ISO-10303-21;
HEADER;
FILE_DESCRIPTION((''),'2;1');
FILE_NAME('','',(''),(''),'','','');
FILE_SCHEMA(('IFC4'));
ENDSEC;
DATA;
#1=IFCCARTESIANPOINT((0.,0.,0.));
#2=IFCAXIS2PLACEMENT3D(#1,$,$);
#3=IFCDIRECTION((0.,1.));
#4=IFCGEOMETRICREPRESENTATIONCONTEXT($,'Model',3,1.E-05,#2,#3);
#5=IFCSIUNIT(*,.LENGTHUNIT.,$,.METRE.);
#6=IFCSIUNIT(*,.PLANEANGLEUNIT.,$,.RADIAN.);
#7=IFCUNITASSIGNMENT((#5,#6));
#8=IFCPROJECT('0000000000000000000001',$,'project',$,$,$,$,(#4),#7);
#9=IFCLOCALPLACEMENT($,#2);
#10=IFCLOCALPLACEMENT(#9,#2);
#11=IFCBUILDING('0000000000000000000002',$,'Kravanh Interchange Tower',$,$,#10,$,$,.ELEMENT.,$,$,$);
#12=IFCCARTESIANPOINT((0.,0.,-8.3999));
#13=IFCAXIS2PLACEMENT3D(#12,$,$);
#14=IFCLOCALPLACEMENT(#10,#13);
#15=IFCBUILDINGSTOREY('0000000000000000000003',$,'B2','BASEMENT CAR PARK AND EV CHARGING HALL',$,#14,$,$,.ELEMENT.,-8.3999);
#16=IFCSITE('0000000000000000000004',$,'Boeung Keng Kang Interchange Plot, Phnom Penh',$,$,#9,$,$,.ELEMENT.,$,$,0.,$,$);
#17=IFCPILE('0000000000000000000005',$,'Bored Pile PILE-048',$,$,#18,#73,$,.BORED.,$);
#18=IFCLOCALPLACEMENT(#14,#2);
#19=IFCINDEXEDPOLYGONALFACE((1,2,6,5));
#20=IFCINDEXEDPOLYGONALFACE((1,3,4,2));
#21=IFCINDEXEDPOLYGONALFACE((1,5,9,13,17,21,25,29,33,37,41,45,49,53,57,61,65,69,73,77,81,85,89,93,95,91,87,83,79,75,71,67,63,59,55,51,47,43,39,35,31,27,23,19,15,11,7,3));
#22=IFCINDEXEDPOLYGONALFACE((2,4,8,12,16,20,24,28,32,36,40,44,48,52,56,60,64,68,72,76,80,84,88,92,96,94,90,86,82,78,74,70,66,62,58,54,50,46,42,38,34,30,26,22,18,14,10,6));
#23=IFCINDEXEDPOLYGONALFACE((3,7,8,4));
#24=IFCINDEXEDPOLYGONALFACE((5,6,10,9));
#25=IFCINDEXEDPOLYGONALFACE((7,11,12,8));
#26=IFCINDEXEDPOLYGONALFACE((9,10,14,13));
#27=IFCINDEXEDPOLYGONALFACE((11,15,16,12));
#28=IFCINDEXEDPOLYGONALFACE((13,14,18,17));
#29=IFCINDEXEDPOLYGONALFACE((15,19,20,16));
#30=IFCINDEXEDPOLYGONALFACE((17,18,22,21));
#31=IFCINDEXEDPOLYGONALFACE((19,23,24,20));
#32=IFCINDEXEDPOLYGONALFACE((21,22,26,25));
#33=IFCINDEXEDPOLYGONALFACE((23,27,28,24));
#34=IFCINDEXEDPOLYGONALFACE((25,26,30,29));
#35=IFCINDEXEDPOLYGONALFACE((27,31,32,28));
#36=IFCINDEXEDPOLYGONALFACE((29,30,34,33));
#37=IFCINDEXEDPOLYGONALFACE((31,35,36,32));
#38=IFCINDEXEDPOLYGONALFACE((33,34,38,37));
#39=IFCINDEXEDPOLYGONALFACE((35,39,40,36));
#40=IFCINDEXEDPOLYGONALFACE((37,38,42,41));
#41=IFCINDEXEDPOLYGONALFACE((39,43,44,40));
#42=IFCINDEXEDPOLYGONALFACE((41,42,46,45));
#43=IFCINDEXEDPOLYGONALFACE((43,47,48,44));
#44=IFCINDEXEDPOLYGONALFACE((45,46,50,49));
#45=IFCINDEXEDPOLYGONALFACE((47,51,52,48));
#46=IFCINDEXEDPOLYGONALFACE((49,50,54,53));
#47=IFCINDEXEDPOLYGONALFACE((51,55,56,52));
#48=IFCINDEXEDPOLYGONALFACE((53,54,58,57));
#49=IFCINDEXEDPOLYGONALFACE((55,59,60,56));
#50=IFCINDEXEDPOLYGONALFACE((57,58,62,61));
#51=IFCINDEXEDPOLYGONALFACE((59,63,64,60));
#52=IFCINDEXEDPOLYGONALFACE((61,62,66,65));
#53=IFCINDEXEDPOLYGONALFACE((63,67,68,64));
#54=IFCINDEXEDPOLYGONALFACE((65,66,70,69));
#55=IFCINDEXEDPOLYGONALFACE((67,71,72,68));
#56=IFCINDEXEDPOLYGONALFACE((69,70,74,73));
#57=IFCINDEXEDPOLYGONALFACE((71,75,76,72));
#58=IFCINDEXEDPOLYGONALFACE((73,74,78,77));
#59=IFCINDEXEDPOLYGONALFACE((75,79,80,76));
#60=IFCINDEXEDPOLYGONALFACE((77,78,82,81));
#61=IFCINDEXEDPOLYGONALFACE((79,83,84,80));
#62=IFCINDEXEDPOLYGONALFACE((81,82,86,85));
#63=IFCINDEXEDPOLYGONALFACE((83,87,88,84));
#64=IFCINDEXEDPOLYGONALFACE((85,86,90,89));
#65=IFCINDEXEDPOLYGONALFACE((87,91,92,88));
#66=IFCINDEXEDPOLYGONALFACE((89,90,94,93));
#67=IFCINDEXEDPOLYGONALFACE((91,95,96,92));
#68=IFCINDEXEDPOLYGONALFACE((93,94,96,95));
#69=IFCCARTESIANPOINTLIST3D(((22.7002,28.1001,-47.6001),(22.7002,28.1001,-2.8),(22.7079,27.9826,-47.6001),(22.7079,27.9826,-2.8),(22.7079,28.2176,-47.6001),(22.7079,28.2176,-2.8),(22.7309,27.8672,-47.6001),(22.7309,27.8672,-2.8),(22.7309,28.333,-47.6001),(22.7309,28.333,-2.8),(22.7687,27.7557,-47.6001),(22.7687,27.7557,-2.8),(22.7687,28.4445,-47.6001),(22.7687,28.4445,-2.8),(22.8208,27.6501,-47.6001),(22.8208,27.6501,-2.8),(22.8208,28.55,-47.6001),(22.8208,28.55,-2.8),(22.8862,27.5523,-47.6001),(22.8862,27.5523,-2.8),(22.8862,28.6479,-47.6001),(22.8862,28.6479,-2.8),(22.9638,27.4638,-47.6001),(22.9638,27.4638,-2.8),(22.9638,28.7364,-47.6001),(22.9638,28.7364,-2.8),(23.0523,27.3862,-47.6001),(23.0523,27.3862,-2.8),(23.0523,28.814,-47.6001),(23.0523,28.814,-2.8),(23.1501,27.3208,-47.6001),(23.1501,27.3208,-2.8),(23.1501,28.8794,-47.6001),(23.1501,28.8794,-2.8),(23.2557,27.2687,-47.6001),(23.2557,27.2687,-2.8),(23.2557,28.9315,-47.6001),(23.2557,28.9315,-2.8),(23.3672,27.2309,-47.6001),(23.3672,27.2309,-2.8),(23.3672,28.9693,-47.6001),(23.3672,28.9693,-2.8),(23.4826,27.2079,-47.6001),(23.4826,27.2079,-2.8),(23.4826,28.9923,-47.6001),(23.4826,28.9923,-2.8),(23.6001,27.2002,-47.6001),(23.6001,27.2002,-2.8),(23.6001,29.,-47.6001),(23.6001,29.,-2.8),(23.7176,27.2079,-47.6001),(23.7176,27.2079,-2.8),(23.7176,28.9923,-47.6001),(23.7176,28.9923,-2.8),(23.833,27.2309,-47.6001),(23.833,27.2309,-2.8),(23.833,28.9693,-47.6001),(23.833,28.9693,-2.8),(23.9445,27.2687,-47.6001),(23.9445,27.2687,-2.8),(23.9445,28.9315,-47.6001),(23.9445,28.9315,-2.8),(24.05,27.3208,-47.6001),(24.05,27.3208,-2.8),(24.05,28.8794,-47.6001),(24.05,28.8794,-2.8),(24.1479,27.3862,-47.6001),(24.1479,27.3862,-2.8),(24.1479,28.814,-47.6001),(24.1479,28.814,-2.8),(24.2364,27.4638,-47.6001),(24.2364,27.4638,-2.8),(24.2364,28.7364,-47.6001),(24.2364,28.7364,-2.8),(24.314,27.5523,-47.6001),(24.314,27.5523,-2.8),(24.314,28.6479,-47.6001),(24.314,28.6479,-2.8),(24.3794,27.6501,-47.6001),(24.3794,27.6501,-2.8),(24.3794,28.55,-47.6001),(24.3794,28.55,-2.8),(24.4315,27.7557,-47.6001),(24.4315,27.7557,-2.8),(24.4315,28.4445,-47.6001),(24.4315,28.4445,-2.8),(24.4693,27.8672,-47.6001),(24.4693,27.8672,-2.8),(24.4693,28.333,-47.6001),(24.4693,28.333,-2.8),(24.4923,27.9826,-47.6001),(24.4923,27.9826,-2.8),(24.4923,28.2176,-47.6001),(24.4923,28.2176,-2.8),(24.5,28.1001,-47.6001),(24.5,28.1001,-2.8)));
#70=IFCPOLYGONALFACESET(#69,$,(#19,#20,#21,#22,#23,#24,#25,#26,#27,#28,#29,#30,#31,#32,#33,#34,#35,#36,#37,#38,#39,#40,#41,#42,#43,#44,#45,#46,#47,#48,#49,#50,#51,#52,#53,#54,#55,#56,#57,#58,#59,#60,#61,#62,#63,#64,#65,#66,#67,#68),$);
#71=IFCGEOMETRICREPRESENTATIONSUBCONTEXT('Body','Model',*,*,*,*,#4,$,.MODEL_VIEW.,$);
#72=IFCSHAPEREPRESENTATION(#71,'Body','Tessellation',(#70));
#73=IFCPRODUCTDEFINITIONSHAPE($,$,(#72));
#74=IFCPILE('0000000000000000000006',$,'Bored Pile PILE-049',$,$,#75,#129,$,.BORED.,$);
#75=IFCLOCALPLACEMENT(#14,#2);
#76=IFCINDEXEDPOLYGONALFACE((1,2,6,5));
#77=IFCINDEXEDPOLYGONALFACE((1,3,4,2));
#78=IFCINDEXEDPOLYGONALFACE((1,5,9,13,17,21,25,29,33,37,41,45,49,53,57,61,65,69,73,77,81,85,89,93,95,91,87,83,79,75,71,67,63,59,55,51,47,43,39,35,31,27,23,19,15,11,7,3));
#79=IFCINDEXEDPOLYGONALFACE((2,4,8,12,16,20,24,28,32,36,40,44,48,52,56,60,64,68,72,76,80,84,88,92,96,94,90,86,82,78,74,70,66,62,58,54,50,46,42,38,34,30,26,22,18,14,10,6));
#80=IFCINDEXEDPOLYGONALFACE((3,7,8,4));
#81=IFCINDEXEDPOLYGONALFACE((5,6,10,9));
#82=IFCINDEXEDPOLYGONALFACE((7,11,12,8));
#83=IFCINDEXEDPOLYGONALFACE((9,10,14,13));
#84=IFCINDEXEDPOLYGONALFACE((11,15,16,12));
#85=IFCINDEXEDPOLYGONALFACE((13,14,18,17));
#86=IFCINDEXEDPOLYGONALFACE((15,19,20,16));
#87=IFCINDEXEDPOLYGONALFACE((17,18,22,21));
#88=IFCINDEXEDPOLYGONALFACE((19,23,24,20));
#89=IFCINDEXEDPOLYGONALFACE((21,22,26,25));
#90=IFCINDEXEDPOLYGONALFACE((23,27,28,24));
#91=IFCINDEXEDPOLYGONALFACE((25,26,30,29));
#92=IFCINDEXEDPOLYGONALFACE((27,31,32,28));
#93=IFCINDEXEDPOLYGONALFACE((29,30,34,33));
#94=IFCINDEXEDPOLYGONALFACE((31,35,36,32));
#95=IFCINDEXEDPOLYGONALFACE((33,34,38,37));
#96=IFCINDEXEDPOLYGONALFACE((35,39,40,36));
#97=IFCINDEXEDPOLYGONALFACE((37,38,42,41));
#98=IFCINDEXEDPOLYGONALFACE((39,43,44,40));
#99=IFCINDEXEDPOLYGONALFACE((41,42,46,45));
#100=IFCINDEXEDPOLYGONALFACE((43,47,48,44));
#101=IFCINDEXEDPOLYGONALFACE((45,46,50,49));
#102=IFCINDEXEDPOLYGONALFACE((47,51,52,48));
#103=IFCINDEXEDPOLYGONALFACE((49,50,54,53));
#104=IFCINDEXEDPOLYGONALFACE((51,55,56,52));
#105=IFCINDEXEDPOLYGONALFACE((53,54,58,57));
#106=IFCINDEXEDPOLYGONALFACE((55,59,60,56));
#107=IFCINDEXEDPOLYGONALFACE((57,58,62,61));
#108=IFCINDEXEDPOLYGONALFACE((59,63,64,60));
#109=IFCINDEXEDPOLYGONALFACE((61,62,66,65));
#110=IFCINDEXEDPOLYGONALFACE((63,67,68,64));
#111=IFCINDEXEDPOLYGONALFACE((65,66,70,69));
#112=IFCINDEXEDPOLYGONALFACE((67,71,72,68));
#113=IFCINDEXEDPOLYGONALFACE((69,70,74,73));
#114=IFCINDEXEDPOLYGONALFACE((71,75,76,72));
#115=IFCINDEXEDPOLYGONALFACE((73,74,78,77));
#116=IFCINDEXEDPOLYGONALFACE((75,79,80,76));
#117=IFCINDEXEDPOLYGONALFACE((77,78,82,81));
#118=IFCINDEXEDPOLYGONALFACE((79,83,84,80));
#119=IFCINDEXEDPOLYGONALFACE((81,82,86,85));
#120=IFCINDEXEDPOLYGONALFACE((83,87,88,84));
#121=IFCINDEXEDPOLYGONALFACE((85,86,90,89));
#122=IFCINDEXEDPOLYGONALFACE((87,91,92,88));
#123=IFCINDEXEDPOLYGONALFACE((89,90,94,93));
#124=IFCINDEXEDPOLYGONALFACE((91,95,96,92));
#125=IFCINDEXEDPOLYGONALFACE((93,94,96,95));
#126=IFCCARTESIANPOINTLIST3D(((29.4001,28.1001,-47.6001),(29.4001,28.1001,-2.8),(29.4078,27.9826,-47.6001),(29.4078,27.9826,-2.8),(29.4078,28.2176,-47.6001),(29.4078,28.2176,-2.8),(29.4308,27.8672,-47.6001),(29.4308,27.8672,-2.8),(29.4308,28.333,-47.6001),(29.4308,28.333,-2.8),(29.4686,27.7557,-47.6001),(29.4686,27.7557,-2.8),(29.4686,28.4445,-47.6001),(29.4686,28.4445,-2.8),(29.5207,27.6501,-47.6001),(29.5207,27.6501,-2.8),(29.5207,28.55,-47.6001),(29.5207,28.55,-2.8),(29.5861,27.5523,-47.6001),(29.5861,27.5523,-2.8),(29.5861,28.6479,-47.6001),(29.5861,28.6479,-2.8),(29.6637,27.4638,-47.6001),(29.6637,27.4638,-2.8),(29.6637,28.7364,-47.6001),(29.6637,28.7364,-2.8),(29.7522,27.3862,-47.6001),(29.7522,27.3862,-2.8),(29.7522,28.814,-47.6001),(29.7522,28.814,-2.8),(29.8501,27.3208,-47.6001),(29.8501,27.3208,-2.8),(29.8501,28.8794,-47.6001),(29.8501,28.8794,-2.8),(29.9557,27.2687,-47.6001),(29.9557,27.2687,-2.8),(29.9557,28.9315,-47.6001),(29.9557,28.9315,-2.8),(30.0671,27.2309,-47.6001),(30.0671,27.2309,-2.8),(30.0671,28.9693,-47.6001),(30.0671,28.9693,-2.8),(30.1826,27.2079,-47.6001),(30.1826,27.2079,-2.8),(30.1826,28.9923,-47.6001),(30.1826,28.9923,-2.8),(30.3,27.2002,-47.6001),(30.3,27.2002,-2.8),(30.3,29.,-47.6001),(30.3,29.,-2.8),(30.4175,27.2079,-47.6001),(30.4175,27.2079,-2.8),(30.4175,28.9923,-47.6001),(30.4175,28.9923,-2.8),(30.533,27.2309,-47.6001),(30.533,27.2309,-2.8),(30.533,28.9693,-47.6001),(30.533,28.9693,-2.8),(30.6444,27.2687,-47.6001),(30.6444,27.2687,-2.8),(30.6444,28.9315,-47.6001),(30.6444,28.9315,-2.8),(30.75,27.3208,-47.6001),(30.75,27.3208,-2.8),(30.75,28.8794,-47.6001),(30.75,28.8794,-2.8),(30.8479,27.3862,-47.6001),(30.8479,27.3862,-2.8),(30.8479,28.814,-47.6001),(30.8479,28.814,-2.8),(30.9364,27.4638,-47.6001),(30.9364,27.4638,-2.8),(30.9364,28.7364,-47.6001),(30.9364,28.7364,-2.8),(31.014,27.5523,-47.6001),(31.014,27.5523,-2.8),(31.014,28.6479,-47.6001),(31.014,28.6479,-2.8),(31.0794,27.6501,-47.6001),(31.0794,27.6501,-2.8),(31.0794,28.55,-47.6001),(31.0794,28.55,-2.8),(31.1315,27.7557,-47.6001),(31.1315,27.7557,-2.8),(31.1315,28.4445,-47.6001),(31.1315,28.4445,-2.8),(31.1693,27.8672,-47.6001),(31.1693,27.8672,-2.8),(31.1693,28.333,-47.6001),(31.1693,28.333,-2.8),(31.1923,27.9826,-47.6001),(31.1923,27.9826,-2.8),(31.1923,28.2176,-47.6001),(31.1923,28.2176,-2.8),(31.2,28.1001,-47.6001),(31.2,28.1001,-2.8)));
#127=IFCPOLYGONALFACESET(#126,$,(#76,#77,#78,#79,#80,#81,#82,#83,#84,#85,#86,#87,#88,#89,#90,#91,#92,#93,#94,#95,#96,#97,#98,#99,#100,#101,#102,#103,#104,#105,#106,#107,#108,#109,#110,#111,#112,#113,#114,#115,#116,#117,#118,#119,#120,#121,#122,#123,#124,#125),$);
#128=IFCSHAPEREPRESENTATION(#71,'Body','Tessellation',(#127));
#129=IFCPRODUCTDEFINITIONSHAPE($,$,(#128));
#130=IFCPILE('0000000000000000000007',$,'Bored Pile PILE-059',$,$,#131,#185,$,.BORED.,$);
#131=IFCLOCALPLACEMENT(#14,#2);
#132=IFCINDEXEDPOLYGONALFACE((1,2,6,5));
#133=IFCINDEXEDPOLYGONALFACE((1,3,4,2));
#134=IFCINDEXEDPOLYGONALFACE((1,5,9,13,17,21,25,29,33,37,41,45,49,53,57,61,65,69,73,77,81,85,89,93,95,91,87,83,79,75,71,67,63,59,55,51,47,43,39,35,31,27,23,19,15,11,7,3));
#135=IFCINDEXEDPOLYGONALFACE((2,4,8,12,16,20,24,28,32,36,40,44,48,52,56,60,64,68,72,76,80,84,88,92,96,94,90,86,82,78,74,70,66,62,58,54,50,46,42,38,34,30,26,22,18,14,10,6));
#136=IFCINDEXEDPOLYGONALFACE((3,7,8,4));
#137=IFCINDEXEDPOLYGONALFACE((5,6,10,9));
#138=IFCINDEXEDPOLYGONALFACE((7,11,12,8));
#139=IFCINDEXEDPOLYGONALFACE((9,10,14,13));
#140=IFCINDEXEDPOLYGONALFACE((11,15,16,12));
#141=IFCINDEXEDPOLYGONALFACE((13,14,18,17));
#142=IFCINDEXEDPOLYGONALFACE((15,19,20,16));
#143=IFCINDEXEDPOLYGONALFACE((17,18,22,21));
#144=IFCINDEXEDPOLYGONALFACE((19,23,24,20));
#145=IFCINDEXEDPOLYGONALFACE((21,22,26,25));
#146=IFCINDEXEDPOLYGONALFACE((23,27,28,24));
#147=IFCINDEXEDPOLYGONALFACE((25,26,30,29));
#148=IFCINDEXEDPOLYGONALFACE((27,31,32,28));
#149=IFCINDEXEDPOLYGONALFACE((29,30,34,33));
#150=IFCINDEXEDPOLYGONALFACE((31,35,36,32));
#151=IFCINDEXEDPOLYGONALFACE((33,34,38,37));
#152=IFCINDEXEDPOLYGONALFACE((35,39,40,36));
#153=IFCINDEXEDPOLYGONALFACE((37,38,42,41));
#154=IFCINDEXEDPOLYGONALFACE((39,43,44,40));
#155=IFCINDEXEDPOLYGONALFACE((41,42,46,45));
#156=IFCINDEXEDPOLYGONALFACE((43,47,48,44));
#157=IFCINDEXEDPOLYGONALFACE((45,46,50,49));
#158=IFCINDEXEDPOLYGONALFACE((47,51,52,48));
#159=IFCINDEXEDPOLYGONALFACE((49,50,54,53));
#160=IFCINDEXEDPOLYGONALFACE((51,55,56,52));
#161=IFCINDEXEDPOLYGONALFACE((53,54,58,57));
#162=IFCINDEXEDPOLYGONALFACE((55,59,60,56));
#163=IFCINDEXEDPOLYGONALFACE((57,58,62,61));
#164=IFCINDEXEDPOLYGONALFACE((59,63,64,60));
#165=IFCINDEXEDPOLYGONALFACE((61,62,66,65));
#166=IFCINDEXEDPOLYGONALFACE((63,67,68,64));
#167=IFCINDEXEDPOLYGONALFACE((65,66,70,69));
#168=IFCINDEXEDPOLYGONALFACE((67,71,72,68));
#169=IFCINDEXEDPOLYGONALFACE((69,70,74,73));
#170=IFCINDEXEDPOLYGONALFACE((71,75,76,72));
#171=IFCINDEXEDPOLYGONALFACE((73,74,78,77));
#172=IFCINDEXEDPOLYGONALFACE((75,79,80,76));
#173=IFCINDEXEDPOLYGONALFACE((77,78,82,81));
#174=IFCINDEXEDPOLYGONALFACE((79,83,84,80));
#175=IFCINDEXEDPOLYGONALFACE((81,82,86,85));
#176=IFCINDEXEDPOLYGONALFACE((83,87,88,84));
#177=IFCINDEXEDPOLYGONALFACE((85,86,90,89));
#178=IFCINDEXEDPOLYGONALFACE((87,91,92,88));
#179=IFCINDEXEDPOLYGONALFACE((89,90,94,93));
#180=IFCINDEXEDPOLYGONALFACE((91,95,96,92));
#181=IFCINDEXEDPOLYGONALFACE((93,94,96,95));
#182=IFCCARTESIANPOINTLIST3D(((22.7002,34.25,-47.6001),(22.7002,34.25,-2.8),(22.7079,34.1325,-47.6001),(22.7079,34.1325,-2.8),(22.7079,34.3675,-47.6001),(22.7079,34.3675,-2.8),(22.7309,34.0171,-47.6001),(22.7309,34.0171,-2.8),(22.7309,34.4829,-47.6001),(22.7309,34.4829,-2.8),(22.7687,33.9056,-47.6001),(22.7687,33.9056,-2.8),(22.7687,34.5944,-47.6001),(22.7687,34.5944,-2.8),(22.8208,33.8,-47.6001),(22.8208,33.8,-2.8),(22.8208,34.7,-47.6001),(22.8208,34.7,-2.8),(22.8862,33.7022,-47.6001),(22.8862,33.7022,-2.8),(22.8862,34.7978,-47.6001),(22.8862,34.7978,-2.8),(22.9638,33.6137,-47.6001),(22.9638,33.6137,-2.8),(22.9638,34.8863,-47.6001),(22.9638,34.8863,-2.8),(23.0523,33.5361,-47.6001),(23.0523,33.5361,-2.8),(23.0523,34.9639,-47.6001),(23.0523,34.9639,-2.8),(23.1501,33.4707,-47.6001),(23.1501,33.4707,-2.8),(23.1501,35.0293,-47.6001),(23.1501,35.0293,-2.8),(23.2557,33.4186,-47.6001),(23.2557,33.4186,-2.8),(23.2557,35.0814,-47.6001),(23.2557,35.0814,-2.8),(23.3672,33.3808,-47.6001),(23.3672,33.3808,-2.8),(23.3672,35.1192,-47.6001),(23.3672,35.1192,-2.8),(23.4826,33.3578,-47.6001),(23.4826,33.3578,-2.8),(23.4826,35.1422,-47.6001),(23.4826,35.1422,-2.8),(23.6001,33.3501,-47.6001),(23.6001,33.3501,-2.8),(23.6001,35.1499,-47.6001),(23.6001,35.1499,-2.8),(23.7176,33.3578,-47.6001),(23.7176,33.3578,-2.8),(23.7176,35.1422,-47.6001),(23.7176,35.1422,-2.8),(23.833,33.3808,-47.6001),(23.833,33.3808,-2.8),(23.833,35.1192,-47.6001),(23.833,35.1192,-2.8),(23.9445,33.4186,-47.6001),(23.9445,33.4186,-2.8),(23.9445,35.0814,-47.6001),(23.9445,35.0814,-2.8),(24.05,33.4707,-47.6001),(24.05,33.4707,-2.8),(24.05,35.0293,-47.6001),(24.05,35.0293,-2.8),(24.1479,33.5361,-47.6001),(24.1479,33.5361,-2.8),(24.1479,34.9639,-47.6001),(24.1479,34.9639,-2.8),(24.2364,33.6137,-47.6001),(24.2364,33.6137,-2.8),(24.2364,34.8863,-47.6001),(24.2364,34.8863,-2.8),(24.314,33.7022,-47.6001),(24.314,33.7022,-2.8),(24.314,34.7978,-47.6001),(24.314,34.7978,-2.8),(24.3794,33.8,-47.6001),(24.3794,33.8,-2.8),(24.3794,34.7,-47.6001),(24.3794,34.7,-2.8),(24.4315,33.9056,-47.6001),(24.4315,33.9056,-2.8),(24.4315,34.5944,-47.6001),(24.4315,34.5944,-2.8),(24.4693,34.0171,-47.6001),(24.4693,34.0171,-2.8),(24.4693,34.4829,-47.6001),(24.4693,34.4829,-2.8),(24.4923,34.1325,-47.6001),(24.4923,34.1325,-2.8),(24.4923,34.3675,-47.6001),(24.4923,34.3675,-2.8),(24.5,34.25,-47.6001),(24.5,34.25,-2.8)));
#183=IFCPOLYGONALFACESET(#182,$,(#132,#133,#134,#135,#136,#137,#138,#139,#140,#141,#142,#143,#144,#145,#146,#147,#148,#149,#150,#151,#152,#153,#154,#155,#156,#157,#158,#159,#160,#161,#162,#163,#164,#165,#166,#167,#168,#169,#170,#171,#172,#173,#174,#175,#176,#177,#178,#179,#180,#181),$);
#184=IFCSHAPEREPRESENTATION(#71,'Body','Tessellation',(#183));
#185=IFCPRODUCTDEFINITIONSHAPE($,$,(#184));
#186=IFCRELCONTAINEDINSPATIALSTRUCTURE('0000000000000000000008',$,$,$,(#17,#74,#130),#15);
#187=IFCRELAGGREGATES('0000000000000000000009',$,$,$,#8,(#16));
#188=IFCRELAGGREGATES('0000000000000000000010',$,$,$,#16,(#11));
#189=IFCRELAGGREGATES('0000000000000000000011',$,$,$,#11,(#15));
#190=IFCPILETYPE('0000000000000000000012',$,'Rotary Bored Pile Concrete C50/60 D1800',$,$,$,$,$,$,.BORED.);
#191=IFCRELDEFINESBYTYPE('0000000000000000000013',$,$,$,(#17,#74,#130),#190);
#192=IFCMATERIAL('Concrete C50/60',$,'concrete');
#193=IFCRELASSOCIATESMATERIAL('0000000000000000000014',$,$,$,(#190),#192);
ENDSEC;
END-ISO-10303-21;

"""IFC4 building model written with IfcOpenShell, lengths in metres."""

from ifc_helpers import new_model, si_unit, direction, frame, origin, origin_2d, place, context, subcontext, project, spatial, circle, extrude, material, material_profile, profile_set, type_object, element, save


model = new_model("IFC4")

# Units and contexts
model_context = context("Model", 3, precision=1e-05, world=origin(), true_north=direction((0.0, 1.0)))
body_context = subcontext(model_context, "Body", "Model", "MODEL_VIEW")
ifc_project = project(units=[si_unit("LENGTHUNIT", "METRE"), si_unit("PLANEANGLEUNIT", "RADIAN")], contexts=[model_context])

# Site, building, storey
site_placement = place(None, origin())
site = spatial("IfcSite", under=ifc_project, at=site_placement, Name="Boeung Keng Kang Interchange Plot, Phnom Penh", CompositionType="ELEMENT", RefElevation=0.0)
building_placement = place(site_placement, origin())
building = spatial("IfcBuilding", under=site, at=building_placement, Name="Kravanh Interchange Tower", CompositionType="ELEMENT")
storey_placement = place(building_placement, frame((0.0, 0.0, -8.3999)))
storey = spatial("IfcBuildingStorey", under=building, at=storey_placement, Name="B2", Description="BASEMENT CAR PARK AND EV CHARGING HALL", CompositionType="ELEMENT", Elevation=-8.3999)

# Piles
ifc_material_1 = material(Name="Concrete C50/60", Category="concrete")
ifc_material_profile_1 = material_profile(ifc_material_1, circle(Radius=0.8999, at=origin_2d()), Name="PILE-D1800")
ifc_profile_set_1 = profile_set([ifc_material_profile_1], Name="Concrete C50/60")
pile_type = type_object("IfcPileType", Name="Rotary Bored Pile Concrete C50/60 D1800", PredefinedType="BORED", material=ifc_profile_set_1)
for number, where, z_axis, x_axis, name in (
    (1, (23.6001, 28.1001, -2.8), (0.0, 0.0, -1.0), (1.0, 0.0, 0.0), "Bored Pile PILE-048"),
    (2, (30.3, 28.1001, -2.8), (0.0, 0.0, -1.0), (1.0, 0.0, 0.0), "Bored Pile PILE-049"),
    (3, (23.6001, 34.25, -2.8), (0.0, 0.0, -1.0), (1.0, 0.0, 0.0), "Bored Pile PILE-059"),
):
    element("IfcPile", number, at=place(storey_placement, frame(where, z_axis=z_axis, x_axis=x_axis)), inside=storey, type_object=pile_type, Name=name, PredefinedType="BORED", context=body_context, shape_type="SweptSolid", body=[
        extrude(circle(Radius=0.8999, at=origin_2d()), origin(), (0.0, 0.0, 1.0), 44.8),
    ])

save(model, "model.ifc")
